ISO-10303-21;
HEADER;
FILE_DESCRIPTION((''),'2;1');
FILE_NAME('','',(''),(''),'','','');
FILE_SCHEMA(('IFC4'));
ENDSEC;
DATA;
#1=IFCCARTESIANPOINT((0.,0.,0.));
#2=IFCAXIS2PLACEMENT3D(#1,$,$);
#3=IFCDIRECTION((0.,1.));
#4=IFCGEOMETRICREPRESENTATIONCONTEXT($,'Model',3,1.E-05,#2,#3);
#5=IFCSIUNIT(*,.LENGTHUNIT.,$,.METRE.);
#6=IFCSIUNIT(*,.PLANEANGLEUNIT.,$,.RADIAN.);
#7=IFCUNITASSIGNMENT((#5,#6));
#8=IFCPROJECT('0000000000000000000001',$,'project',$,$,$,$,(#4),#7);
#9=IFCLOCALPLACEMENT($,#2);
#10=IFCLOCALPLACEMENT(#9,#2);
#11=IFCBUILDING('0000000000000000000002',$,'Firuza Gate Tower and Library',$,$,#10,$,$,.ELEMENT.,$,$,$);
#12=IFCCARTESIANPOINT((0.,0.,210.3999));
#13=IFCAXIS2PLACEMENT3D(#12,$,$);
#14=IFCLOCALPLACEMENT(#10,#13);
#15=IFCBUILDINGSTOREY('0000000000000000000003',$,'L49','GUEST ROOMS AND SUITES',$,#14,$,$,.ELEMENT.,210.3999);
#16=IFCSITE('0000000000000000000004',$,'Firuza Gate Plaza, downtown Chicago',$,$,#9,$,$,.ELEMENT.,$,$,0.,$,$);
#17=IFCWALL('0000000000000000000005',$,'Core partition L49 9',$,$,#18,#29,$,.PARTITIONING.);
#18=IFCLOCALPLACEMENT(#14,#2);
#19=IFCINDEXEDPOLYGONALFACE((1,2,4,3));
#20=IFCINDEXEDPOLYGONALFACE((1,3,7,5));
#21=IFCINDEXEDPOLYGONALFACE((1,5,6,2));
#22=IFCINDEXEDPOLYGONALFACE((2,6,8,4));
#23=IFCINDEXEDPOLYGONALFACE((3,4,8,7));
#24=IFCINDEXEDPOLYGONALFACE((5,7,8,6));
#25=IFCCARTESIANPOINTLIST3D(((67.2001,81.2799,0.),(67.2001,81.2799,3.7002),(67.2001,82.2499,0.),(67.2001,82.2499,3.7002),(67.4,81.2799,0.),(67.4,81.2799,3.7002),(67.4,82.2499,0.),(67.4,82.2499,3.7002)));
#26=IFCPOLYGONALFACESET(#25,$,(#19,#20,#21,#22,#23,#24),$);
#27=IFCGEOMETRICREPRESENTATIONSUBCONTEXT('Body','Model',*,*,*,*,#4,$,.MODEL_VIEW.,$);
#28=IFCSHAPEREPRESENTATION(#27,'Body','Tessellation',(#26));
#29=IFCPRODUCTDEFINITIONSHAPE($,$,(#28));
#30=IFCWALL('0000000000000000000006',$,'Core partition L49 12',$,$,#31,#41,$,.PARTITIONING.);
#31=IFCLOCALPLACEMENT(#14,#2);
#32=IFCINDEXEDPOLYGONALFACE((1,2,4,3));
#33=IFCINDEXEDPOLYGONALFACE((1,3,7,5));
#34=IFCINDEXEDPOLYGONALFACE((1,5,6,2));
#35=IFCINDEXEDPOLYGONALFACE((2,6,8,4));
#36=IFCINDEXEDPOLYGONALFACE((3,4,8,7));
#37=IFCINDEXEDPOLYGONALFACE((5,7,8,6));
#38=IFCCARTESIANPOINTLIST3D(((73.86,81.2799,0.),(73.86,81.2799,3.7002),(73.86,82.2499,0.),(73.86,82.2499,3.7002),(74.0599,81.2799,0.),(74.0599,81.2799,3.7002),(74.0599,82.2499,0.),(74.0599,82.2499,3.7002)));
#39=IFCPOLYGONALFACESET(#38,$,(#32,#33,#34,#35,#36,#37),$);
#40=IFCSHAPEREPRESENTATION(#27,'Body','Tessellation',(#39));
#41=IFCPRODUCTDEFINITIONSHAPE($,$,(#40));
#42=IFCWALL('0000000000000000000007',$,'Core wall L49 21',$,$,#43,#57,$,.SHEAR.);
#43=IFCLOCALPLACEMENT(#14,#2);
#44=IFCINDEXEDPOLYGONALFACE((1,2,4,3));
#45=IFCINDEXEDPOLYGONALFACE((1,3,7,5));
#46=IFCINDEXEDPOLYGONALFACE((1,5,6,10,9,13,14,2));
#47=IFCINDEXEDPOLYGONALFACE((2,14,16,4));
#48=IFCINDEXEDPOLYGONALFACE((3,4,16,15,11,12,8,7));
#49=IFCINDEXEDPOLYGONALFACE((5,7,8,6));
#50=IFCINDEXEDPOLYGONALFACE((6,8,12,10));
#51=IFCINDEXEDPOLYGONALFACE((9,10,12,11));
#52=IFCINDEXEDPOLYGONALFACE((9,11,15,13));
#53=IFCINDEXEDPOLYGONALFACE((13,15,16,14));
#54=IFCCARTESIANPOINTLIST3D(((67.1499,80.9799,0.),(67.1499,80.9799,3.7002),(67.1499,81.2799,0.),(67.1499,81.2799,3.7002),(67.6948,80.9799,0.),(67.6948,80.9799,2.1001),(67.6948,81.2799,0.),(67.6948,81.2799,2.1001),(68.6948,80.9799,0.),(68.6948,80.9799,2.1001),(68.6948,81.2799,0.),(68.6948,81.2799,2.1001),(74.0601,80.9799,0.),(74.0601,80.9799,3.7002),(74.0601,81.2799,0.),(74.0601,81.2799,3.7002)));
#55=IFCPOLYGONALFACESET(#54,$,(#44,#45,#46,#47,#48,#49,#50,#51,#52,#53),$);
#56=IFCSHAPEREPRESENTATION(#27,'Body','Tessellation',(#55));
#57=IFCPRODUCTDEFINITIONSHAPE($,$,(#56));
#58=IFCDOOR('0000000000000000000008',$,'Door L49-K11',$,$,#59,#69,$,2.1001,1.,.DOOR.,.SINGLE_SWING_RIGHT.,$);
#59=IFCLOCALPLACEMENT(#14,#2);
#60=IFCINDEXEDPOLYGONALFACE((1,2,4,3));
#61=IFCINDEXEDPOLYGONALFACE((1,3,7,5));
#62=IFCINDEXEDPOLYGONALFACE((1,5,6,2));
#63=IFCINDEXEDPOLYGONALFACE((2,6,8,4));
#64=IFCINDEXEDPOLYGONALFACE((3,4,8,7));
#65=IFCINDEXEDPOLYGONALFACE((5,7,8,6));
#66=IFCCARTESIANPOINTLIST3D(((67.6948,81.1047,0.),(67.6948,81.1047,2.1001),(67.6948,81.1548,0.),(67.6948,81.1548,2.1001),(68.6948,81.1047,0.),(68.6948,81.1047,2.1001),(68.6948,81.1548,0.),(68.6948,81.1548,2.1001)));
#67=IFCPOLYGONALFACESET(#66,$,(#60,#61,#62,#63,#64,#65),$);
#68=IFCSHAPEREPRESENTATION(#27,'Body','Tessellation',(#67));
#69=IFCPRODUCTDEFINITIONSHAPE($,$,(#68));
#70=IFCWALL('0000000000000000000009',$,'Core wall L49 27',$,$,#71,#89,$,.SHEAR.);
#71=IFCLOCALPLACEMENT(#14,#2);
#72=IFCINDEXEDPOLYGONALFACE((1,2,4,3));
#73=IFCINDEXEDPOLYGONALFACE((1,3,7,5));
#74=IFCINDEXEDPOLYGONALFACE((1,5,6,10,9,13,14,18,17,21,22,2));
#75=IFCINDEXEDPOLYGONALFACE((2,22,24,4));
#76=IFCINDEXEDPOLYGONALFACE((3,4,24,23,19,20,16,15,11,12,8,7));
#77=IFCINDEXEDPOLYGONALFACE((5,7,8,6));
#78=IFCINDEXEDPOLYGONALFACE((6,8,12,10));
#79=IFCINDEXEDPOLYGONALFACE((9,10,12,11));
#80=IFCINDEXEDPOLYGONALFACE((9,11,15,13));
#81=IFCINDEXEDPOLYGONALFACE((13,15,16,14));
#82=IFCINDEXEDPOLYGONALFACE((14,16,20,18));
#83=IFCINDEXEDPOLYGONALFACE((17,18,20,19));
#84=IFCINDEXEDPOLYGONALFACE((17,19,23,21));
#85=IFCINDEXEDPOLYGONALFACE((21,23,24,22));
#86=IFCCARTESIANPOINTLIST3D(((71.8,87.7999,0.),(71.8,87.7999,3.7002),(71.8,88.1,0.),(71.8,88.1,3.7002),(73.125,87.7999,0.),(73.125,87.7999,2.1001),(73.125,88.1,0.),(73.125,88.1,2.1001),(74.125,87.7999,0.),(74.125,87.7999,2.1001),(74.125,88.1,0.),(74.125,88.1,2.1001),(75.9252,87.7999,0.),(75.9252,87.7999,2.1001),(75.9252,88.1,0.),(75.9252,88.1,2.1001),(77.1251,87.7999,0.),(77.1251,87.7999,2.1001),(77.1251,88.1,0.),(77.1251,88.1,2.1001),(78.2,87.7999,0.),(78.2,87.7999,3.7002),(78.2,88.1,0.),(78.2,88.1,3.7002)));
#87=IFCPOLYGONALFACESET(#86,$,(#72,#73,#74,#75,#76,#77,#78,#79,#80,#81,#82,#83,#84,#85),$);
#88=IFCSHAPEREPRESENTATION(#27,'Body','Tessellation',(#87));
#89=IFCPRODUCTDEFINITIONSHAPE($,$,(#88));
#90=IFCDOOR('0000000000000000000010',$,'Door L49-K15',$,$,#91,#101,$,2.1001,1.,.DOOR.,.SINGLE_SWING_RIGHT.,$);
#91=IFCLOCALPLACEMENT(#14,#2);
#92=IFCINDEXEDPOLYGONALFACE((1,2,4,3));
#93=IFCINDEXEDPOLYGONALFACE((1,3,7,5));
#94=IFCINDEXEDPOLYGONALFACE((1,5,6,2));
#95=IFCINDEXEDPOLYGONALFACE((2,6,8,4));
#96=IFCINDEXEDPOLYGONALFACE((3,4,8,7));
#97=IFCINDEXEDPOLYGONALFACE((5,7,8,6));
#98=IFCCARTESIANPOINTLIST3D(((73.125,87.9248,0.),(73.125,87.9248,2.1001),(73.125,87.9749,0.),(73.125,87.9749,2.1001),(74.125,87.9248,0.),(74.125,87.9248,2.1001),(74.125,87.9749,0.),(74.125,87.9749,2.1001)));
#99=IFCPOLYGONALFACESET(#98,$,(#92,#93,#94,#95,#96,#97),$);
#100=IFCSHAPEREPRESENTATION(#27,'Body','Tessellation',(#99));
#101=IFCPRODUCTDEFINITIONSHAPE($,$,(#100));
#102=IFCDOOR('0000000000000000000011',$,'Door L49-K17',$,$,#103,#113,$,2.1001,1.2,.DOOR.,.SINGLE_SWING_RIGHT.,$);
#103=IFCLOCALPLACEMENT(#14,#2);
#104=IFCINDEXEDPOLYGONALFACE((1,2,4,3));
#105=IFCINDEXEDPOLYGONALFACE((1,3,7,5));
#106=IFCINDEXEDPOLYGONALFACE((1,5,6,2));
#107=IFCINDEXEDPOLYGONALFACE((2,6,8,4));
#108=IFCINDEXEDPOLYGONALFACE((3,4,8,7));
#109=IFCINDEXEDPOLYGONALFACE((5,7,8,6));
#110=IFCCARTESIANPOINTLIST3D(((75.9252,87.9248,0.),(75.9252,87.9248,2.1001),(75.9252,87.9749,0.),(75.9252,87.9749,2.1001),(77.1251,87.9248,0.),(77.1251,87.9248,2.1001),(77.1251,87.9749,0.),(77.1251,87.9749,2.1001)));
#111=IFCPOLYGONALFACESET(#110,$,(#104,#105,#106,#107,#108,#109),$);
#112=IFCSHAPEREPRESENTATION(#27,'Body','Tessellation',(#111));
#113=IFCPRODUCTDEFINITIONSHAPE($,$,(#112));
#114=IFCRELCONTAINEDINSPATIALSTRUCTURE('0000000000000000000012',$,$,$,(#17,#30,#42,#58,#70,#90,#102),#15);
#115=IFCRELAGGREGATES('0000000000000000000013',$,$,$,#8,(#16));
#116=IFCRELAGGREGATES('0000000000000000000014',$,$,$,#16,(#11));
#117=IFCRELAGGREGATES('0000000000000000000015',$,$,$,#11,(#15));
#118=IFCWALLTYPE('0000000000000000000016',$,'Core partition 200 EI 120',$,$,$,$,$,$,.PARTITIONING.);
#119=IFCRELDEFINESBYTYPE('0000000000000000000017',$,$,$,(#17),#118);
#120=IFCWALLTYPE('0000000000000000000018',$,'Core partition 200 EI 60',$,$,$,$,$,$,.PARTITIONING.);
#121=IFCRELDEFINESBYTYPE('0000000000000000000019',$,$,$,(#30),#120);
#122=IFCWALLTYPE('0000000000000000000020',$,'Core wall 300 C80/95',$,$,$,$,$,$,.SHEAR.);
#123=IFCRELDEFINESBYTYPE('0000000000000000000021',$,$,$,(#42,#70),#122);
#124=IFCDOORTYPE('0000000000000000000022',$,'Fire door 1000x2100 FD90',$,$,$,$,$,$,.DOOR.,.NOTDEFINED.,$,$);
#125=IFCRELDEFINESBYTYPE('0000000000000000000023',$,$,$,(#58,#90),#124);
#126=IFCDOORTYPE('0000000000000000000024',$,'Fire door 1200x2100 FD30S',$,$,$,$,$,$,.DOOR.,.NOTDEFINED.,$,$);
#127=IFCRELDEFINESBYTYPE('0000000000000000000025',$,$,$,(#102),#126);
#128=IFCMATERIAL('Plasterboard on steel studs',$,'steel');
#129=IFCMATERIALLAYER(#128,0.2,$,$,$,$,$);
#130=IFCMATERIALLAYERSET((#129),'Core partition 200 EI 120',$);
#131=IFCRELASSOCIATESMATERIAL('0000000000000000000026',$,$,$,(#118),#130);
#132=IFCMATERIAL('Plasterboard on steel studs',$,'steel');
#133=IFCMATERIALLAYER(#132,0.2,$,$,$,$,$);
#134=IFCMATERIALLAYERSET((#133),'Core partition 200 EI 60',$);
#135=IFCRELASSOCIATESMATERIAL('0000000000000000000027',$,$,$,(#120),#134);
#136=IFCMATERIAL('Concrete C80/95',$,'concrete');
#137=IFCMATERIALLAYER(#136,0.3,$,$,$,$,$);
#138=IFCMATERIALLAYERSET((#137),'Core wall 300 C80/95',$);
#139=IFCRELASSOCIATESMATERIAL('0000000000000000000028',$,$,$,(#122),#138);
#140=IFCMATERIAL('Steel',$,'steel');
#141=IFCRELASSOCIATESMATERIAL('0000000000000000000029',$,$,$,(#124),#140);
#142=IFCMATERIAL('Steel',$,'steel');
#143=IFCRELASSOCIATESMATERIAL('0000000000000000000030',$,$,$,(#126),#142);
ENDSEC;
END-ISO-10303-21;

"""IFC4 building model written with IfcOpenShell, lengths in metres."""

from ifc_helpers import new_model, si_unit, direction, frame, frame_2d, origin, place, context, subcontext, project, spatial, rectangle, extrude, material, layer, layer_set, type_object, element, fill, save


model = new_model("IFC4")

# Units and contexts
model_context = context("Model", 3, precision=1e-05, world=origin(), true_north=direction((0.0, 1.0)))
body_context = subcontext(model_context, "Body", "Model", "MODEL_VIEW")
ifc_project = project(units=[si_unit("LENGTHUNIT", "METRE"), si_unit("PLANEANGLEUNIT", "RADIAN")], contexts=[model_context])

# Site, building, storey
site_placement = place(None, origin())
site = spatial("IfcSite", under=ifc_project, at=site_placement, Name="Firuza Gate Plaza, downtown Chicago", CompositionType="ELEMENT", RefElevation=0.0)
building_placement = place(site_placement, origin())
building = spatial("IfcBuilding", under=site, at=building_placement, Name="Firuza Gate Tower and Library", CompositionType="ELEMENT")
storey_placement = place(building_placement, frame((0.0, 0.0, 210.3999)))
storey = spatial("IfcBuildingStorey", under=building, at=storey_placement, Name="L49", Description="GUEST ROOMS AND SUITES", CompositionType="ELEMENT", Elevation=210.3999)

# Walls
ifc_material_1 = material(Name="Plasterboard on steel studs", Category="steel")
ifc_layer_1 = layer(ifc_material_1, 0.2)
ifc_layer_set_1 = layer_set([ifc_layer_1], Name="Core partition 200 EI 120")
wall_type_1 = type_object("IfcWallType", Name="Core partition 200 EI 120", PredefinedType="PARTITIONING", material=ifc_layer_set_1)
wall_1_placement = place(storey_placement, frame((67.3, 81.28, 0.0), z_axis=(0.0, 0.0, 1.0), x_axis=(0.0, 1.0, 0.0)))
element("IfcWall", 1, at=wall_1_placement, inside=storey, type_object=wall_type_1, Name="Core partition L49 9", PredefinedType="PARTITIONING", context=body_context, shape_type="SweptSolid", body=[
    extrude(rectangle(XDim=0.97, YDim=0.2, at=frame_2d((0.4849, 0.0))), origin(), (0.0, 0.0, 1.0), 3.7002),
])
ifc_material_2 = material(Name="Plasterboard on steel studs", Category="steel")
ifc_layer_2 = layer(ifc_material_2, 0.2)
ifc_layer_set_2 = layer_set([ifc_layer_2], Name="Core partition 200 EI 60")
wall_type_2 = type_object("IfcWallType", Name="Core partition 200 EI 60", PredefinedType="PARTITIONING", material=ifc_layer_set_2)
wall_2_placement = place(storey_placement, frame((73.96, 81.28, 0.0), z_axis=(0.0, 0.0, 1.0), x_axis=(0.0, 1.0, 0.0)))
element("IfcWall", 2, at=wall_2_placement, inside=storey, type_object=wall_type_2, Name="Core partition L49 12", PredefinedType="PARTITIONING", context=body_context, shape_type="SweptSolid", body=[
    extrude(rectangle(XDim=0.97, YDim=0.2, at=frame_2d((0.4849, 0.0))), origin(), (0.0, 0.0, 1.0), 3.7002),
])

# Wall, opening, door
ifc_material_3 = material(Name="Concrete C80/95", Category="concrete")
ifc_layer_3 = layer(ifc_material_3, 0.3)
ifc_layer_set_3 = layer_set([ifc_layer_3], Name="Core wall 300 C80/95")
wall_type_3 = type_object("IfcWallType", Name="Core wall 300 C80/95", PredefinedType="SHEAR", material=ifc_layer_set_3)
wall_3_placement = place(storey_placement, frame((67.1499, 81.1299, 0.0), z_axis=(0.0, 0.0, 1.0), x_axis=(1.0, 0.0, 0.0)))
wall_3 = element("IfcWall", 3, at=wall_3_placement, inside=storey, type_object=wall_type_3, Name="Core wall L49 21", PredefinedType="SHEAR", context=body_context, shape_type="SweptSolid", body=[
    extrude(rectangle(XDim=6.9102, YDim=0.3, at=frame_2d((3.4551, 0.0))), origin(), (0.0, 0.0, 1.0), 3.7002),
])
opening_1_placement = place(wall_3_placement, frame((0.5449, 0.0, 0.0)))
opening_1 = element("IfcOpeningElement", 4, at=opening_1_placement, cuts=wall_3, PredefinedType="OPENING", context=body_context, shape_type="SweptSolid", body=[
    extrude(rectangle(XDim=1.0, YDim=2.1001, at=frame_2d((0.5, 1.05))), frame((0.0, 0.1602, 0.0), z_axis=(0.0, -1.0, 0.0), x_axis=(1.0, 0.0, 0.0)), (0.0, 0.0, 1.0), 0.3201),
])
ifc_material_4 = material(Name="Steel", Category="steel")
door_type_1 = type_object("IfcDoorType", Name="Fire door 1000x2100 FD90", OperationType="NOTDEFINED", PredefinedType="DOOR", material=ifc_material_4)
door_1_placement = place(opening_1_placement, origin())
door_1 = element("IfcDoor", 5, at=door_1_placement, inside=storey, type_object=door_type_1, Name="Door L49-K11", OperationType="SINGLE_SWING_RIGHT", OverallHeight=2.1001, OverallWidth=1.0, PredefinedType="DOOR", context=body_context, shape_type="SweptSolid", body=[
    extrude(rectangle(XDim=1.0, YDim=2.1001, at=frame_2d((0.5, 1.05))), frame((0.0, 0.0249, 0.0), z_axis=(0.0, -1.0, 0.0), x_axis=(1.0, 0.0, 0.0)), (0.0, 0.0, 1.0), 0.05),
])
fill(opening_1, door_1)

# Wall, openings, doors
wall_4_placement = place(storey_placement, frame((71.8, 87.95, 0.0), z_axis=(0.0, 0.0, 1.0), x_axis=(1.0, 0.0, 0.0)))
wall_4 = element("IfcWall", 6, at=wall_4_placement, inside=storey, type_object=wall_type_3, Name="Core wall L49 27", PredefinedType="SHEAR", context=body_context, shape_type="SweptSolid", body=[
    extrude(rectangle(XDim=6.3999, YDim=0.3, at=frame_2d((3.2, 0.0))), origin(), (0.0, 0.0, 1.0), 3.7002),
])
opening_2_placement = place(wall_4_placement, frame((1.325, 0.0, 0.0)))
opening_2 = element("IfcOpeningElement", 7, at=opening_2_placement, cuts=wall_4, PredefinedType="OPENING", context=body_context, shape_type="SweptSolid", body=[
    extrude(rectangle(XDim=1.0, YDim=2.1001, at=frame_2d((0.5, 1.05))), frame((0.0, 0.1602, 0.0), z_axis=(0.0, -1.0, 0.0), x_axis=(1.0, 0.0, 0.0)), (0.0, 0.0, 1.0), 0.3201),
])
opening_3_placement = place(wall_4_placement, frame((4.125, 0.0, 0.0)))
opening_3 = element("IfcOpeningElement", 8, at=opening_3_placement, cuts=wall_4, PredefinedType="OPENING", context=body_context, shape_type="SweptSolid", body=[
    extrude(rectangle(XDim=1.2, YDim=2.1001, at=frame_2d((0.6001, 1.05))), frame((0.0, 0.1602, 0.0), z_axis=(0.0, -1.0, 0.0), x_axis=(1.0, 0.0, 0.0)), (0.0, 0.0, 1.0), 0.3201),
])
door_2_placement = place(opening_2_placement, origin())
door_2 = element("IfcDoor", 9, at=door_2_placement, inside=storey, type_object=door_type_1, Name="Door L49-K15", OperationType="SINGLE_SWING_RIGHT", OverallHeight=2.1001, OverallWidth=1.0, PredefinedType="DOOR", context=body_context, shape_type="SweptSolid", body=[
    extrude(rectangle(XDim=1.0, YDim=2.1001, at=frame_2d((0.5, 1.05))), frame((0.0, 0.0249, 0.0), z_axis=(0.0, -1.0, 0.0), x_axis=(1.0, 0.0, 0.0)), (0.0, 0.0, 1.0), 0.05),
])
fill(opening_2, door_2)
ifc_material_5 = material(Name="Steel", Category="steel")
door_type_2 = type_object("IfcDoorType", Name="Fire door 1200x2100 FD30S", OperationType="NOTDEFINED", PredefinedType="DOOR", material=ifc_material_5)
door_3_placement = place(opening_3_placement, origin())
door_3 = element("IfcDoor", 10, at=door_3_placement, inside=storey, type_object=door_type_2, Name="Door L49-K17", OperationType="SINGLE_SWING_RIGHT", OverallHeight=2.1001, OverallWidth=1.2, PredefinedType="DOOR", context=body_context, shape_type="SweptSolid", body=[
    extrude(rectangle(XDim=1.2, YDim=2.1001, at=frame_2d((0.6001, 1.05))), frame((0.0, 0.0249, 0.0), z_axis=(0.0, -1.0, 0.0), x_axis=(1.0, 0.0, 0.0)), (0.0, 0.0, 1.0), 0.05),
])
fill(opening_3, door_3)

save(model, "model.ifc")
